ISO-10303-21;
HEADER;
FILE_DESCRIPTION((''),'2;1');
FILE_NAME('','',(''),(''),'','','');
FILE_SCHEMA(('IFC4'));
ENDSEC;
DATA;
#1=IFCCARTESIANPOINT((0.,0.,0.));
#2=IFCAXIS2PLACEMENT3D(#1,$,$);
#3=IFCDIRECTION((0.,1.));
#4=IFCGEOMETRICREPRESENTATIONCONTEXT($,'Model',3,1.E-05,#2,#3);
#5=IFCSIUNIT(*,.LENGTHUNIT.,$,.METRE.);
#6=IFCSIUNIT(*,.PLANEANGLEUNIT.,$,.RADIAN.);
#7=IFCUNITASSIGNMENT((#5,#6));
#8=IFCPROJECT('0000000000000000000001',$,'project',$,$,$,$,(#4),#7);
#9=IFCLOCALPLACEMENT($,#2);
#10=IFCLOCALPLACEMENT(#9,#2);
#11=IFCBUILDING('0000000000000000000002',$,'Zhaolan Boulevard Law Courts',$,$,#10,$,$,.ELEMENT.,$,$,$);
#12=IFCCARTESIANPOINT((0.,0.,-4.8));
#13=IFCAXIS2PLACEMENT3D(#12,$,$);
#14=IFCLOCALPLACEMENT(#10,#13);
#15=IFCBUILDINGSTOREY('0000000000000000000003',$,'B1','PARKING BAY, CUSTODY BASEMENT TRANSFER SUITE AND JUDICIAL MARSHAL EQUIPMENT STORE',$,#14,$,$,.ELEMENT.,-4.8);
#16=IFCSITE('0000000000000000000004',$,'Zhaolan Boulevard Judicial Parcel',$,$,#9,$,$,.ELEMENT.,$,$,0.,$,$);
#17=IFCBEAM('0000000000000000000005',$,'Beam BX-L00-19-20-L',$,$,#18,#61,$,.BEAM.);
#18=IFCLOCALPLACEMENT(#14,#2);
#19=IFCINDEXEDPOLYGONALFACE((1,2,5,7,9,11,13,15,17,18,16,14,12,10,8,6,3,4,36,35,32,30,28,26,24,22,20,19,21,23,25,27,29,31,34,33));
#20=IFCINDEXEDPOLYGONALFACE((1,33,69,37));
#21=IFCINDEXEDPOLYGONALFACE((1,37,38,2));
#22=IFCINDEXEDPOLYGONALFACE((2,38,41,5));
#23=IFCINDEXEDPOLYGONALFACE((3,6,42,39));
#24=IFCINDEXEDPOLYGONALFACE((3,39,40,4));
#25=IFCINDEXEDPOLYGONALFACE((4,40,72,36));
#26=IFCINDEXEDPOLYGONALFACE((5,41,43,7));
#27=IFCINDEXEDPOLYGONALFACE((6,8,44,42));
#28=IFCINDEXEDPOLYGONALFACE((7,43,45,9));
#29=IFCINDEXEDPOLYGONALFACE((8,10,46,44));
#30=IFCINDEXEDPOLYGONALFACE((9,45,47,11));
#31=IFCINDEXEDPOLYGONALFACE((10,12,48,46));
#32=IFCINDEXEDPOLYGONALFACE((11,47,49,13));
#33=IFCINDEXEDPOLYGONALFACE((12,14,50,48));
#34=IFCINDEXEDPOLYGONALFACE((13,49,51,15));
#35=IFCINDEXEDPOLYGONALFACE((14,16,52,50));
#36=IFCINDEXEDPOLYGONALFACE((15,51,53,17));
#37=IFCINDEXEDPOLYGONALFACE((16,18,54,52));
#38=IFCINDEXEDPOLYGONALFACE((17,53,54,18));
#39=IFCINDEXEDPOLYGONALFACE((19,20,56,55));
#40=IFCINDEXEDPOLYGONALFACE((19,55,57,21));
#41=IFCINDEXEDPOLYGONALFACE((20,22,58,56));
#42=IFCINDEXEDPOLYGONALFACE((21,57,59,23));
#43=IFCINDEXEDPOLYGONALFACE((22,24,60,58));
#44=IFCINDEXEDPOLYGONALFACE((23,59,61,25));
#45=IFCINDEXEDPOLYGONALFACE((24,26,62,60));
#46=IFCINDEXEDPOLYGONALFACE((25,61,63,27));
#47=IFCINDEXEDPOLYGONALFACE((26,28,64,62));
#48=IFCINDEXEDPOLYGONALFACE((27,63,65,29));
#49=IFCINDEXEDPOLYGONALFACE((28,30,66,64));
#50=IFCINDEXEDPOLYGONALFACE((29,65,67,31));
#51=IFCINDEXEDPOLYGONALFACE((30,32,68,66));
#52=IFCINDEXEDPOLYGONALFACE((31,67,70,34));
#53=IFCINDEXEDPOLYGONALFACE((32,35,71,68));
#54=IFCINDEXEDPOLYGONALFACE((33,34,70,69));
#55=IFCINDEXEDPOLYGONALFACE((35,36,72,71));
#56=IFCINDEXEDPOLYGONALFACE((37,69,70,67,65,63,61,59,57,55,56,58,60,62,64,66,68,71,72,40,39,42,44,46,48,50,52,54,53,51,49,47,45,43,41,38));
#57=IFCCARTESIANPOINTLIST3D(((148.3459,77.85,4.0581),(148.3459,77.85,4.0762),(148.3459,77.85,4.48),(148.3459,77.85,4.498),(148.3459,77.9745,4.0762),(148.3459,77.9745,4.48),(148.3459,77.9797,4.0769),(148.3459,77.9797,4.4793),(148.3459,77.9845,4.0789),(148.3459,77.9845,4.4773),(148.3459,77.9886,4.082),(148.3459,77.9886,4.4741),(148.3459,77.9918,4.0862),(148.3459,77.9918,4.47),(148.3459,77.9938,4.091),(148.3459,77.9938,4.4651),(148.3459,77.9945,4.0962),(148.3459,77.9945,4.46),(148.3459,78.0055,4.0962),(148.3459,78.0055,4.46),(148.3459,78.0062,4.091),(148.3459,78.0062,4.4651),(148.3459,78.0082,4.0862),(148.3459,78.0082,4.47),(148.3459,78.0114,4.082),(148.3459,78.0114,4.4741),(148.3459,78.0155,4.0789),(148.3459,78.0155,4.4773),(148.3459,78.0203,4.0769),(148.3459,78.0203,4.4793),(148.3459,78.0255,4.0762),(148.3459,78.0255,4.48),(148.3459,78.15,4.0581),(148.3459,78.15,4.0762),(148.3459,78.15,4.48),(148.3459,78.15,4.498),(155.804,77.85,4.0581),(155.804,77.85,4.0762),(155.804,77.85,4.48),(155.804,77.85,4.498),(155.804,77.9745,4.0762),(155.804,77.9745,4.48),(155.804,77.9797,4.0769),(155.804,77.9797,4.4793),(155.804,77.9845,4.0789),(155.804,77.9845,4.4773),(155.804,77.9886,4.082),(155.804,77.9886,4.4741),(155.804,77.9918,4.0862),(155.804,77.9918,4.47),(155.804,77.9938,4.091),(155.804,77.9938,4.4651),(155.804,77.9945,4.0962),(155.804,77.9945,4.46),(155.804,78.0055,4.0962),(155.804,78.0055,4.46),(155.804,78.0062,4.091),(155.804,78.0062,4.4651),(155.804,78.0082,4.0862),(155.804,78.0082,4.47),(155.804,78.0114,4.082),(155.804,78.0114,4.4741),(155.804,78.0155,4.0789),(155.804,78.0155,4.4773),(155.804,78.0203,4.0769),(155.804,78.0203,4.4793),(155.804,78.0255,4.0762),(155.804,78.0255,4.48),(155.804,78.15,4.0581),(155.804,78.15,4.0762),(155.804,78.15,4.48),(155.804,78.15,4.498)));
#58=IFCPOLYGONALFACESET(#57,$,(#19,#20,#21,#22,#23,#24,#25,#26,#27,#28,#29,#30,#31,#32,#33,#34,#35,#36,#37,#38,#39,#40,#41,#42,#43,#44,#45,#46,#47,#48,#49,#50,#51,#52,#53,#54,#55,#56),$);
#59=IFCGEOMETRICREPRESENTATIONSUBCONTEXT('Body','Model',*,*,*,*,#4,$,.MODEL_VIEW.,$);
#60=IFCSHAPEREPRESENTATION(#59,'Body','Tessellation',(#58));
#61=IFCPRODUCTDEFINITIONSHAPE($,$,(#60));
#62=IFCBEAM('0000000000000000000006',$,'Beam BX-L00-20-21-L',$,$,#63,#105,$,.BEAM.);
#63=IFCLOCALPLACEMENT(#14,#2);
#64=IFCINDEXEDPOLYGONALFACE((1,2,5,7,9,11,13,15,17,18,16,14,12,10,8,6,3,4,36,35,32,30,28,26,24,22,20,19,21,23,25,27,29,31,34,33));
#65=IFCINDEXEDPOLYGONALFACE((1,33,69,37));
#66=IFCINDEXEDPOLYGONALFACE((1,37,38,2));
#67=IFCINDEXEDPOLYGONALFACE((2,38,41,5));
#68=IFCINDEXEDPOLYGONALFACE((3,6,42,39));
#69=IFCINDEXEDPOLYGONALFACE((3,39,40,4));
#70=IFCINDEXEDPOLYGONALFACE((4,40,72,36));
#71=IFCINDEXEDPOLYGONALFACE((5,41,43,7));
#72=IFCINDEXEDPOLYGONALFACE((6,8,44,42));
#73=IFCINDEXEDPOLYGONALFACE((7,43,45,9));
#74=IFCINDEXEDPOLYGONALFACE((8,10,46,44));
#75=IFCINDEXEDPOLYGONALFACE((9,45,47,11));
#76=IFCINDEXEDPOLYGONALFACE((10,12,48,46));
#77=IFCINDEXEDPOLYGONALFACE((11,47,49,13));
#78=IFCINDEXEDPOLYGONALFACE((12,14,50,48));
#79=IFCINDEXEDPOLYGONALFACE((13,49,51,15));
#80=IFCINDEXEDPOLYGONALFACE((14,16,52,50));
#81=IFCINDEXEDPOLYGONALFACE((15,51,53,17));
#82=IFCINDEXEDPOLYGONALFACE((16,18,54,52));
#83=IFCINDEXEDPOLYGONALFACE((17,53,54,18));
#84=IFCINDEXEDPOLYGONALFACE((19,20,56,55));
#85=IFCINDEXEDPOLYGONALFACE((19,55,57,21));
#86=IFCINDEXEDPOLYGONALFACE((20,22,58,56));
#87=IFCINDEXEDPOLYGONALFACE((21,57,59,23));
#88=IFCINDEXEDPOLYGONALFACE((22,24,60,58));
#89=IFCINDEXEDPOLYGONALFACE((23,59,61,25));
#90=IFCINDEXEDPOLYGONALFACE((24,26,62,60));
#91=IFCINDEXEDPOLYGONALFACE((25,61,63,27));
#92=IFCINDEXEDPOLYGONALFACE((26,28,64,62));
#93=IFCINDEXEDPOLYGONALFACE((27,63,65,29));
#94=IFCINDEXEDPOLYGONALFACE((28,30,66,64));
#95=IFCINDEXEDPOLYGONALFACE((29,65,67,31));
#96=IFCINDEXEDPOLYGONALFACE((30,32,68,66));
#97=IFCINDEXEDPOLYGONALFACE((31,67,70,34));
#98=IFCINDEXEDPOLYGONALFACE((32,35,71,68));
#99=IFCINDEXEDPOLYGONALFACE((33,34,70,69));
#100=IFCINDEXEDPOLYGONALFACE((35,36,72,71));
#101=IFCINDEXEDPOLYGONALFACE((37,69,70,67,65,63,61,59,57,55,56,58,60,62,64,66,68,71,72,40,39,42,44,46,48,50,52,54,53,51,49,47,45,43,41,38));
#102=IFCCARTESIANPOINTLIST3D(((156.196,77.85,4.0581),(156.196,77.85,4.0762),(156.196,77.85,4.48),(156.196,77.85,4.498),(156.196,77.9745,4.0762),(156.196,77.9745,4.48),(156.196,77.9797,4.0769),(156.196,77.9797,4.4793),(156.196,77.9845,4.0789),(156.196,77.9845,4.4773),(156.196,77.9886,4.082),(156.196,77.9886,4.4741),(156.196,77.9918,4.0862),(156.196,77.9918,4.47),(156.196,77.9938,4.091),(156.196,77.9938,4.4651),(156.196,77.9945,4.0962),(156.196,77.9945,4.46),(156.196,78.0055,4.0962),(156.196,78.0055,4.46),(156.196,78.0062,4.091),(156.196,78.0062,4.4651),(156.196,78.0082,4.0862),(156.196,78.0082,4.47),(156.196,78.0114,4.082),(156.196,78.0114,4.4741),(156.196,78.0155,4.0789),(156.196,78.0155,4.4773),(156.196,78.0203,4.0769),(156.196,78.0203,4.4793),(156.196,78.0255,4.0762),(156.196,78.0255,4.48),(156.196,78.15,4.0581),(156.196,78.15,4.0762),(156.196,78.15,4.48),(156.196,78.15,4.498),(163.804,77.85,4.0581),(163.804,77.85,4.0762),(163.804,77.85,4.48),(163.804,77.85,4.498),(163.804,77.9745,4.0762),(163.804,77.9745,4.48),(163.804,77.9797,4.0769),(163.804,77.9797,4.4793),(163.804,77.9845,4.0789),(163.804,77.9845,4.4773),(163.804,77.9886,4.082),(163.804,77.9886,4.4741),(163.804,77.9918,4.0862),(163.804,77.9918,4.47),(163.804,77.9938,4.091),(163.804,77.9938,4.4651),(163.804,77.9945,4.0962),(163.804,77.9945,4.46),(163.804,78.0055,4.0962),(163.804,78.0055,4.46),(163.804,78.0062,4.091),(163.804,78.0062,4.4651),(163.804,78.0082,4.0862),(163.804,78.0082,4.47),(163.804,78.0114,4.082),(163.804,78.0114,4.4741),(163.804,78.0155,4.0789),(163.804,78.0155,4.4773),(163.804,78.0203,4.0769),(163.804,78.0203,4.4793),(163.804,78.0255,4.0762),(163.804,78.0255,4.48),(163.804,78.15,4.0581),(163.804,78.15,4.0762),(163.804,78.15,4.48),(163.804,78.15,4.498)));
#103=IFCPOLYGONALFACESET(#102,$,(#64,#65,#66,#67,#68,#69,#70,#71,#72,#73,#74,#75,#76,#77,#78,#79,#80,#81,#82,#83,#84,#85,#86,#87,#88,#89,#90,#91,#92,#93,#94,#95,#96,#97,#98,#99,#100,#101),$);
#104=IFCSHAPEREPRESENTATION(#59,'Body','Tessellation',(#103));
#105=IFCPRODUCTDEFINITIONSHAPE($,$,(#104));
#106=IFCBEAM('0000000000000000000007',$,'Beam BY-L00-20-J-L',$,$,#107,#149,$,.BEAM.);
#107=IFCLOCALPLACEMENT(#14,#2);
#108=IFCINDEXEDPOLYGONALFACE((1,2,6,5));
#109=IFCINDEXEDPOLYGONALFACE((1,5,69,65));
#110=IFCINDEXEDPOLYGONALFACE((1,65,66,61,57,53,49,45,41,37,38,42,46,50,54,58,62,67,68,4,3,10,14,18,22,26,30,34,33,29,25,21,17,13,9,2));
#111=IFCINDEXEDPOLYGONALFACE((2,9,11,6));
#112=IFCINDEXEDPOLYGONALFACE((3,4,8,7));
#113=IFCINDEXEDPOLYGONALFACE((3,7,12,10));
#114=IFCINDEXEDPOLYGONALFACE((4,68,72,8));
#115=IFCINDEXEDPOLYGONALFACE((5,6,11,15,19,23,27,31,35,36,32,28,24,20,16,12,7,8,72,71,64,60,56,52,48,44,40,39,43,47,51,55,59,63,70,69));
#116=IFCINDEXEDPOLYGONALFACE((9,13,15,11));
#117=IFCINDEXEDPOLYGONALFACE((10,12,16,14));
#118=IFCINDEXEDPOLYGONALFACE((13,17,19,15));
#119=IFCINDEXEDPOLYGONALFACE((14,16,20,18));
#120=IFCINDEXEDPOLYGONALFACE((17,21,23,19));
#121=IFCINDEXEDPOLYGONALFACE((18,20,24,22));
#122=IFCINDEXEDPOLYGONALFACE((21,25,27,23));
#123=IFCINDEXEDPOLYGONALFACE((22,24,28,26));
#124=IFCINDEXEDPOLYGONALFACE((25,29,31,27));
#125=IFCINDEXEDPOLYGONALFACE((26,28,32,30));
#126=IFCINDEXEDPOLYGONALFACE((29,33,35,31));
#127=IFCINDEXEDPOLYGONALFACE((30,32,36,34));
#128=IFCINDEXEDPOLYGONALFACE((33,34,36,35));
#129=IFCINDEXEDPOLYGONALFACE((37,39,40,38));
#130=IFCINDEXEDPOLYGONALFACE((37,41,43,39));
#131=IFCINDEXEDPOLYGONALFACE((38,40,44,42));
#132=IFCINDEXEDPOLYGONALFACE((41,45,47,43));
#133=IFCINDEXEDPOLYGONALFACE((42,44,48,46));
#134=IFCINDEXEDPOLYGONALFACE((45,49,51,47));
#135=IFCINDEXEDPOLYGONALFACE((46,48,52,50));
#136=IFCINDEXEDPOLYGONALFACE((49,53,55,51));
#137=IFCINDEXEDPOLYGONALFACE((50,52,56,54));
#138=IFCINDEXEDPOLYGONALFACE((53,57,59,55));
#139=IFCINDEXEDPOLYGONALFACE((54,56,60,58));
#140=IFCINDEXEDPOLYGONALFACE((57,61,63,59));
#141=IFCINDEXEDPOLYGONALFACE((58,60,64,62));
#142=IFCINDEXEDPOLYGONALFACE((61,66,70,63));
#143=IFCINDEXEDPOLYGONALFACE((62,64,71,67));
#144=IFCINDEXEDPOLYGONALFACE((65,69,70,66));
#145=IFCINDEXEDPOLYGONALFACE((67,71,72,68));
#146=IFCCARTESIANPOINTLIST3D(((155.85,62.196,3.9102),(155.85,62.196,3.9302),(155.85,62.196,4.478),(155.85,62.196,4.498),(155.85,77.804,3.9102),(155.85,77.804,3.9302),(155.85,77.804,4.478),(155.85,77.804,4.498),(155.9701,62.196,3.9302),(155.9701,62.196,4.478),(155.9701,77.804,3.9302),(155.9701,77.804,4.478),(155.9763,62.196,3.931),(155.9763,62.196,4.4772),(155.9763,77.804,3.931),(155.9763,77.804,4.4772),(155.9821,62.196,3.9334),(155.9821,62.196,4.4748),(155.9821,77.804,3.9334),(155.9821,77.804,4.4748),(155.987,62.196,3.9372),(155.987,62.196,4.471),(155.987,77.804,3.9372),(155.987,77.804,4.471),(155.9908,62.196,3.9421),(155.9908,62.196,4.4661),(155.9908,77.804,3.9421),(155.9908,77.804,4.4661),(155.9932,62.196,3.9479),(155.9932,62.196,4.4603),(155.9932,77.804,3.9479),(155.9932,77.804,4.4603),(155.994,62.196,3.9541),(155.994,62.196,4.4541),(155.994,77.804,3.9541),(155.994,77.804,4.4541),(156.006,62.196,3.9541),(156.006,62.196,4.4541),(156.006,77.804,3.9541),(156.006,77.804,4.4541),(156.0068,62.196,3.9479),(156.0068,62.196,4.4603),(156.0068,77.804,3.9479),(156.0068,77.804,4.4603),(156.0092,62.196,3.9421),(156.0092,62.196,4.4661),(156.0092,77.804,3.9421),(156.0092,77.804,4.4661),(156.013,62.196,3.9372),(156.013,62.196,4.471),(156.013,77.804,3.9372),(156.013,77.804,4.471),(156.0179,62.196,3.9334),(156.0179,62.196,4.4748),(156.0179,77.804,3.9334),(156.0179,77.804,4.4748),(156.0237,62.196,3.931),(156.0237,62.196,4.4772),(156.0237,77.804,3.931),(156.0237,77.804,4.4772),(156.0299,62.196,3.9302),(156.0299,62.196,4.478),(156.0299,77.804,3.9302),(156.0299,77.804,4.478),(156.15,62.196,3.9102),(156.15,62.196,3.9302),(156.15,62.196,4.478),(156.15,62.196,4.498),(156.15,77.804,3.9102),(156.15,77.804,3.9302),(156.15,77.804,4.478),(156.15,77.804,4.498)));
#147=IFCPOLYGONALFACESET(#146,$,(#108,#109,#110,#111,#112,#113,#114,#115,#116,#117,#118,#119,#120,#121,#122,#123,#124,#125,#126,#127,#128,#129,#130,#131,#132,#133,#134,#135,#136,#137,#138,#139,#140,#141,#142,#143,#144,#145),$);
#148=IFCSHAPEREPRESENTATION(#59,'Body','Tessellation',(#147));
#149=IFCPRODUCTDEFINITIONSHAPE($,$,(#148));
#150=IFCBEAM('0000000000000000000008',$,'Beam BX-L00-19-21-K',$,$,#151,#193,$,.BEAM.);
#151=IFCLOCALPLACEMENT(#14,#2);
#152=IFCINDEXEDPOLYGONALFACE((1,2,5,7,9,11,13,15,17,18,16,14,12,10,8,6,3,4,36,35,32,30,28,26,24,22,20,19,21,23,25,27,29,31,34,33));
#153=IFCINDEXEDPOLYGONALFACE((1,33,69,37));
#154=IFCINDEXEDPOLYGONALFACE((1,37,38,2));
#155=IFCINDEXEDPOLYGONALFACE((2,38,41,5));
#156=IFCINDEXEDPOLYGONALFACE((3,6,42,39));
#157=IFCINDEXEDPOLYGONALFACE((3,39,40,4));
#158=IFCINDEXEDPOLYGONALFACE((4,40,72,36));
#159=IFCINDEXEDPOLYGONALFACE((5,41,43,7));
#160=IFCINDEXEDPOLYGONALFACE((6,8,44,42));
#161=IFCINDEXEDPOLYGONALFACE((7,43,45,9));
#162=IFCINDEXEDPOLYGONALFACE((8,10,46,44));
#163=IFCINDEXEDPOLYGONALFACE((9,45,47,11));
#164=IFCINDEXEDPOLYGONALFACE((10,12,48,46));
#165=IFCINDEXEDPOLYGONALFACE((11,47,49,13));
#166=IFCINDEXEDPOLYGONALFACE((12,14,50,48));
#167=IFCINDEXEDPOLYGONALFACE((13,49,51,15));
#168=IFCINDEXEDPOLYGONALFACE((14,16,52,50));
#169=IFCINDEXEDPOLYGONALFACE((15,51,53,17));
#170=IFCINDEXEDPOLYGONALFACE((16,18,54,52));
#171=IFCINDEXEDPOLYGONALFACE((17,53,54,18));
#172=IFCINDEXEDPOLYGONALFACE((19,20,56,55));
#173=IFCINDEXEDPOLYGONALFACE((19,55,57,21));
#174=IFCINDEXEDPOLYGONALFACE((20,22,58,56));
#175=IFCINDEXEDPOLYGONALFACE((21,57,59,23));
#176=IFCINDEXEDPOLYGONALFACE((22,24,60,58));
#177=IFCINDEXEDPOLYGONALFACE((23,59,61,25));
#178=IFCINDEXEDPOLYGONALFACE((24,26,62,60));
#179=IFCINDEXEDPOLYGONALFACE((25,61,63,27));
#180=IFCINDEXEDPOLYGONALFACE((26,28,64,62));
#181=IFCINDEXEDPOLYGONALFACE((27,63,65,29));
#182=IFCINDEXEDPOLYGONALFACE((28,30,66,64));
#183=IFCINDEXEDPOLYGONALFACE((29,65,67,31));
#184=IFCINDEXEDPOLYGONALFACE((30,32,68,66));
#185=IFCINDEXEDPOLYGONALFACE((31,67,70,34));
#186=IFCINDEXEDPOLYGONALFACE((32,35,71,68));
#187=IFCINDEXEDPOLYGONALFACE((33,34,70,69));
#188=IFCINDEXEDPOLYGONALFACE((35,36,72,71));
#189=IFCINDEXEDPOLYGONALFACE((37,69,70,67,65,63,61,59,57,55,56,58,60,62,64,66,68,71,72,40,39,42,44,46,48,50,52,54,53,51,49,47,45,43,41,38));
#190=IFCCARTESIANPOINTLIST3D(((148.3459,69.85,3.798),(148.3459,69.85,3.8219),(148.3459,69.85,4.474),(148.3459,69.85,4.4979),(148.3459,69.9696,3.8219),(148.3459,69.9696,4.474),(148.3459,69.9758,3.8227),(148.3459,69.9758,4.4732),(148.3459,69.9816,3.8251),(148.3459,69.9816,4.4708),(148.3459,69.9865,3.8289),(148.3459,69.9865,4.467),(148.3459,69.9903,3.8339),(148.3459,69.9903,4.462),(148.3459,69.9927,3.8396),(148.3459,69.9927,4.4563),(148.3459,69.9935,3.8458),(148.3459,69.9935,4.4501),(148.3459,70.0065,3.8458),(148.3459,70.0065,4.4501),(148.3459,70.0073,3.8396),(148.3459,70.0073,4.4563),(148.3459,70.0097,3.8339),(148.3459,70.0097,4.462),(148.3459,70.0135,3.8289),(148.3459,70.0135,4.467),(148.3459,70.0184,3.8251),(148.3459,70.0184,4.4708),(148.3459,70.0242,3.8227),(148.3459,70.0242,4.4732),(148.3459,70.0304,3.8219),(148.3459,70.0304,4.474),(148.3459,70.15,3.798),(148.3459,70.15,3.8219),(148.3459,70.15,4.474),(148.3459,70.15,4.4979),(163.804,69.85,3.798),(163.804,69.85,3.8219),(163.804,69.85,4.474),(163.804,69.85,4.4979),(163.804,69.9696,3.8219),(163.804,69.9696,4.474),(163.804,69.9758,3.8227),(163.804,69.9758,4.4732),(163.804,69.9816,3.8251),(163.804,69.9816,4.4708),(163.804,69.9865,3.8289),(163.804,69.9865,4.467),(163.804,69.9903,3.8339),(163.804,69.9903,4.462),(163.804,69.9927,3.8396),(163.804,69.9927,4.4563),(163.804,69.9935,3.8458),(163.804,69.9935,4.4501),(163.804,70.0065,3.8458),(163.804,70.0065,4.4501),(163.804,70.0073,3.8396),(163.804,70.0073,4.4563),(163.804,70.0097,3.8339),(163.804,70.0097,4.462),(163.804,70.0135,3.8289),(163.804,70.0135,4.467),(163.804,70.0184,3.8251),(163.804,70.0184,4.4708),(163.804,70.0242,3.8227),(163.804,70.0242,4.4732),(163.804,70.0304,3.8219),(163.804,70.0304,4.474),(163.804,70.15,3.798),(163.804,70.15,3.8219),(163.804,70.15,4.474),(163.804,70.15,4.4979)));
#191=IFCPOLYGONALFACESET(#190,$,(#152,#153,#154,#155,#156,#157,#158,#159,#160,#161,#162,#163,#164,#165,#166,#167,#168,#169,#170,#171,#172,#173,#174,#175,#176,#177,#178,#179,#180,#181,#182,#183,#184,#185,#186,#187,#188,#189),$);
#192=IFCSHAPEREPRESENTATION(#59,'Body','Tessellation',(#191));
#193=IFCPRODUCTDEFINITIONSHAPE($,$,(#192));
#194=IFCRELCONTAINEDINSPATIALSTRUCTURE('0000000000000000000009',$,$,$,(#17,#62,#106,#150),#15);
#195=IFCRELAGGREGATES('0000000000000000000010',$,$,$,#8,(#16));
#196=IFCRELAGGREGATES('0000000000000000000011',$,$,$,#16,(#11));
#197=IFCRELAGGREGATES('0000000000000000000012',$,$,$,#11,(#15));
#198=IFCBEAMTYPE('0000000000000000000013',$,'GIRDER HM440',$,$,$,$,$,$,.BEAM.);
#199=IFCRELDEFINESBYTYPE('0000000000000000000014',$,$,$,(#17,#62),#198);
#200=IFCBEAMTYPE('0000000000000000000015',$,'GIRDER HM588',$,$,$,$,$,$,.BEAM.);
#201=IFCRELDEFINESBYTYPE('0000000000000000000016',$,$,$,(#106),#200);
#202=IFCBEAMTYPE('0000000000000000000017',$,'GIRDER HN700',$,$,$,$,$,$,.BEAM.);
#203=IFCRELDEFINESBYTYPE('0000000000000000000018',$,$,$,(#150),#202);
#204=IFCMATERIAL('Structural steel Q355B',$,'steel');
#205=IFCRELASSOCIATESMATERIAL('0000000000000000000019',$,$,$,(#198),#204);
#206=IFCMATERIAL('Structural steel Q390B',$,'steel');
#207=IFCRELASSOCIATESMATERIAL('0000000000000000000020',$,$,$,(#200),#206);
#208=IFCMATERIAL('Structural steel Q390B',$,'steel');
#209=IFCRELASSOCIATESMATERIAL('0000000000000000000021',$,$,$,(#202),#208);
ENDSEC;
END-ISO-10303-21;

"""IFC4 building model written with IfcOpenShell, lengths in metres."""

from ifc_helpers import new_model, si_unit, direction, frame, origin, origin_2d, place, context, subcontext, project, spatial, i_section, extrude, material, material_profile, profile_set, type_object, element, save


model = new_model("IFC4")

# Units and contexts
model_context = context("Model", 3, precision=1e-05, world=origin(), true_north=direction((0.0, 1.0)))
body_context = subcontext(model_context, "Body", "Model", "MODEL_VIEW")
ifc_project = project(units=[si_unit("LENGTHUNIT", "METRE"), si_unit("PLANEANGLEUNIT", "RADIAN")], contexts=[model_context])

# Site, building, storey
site_placement = place(None, origin())
site = spatial("IfcSite", under=ifc_project, at=site_placement, Name="Zhaolan Boulevard Judicial Parcel", CompositionType="ELEMENT", RefElevation=0.0)
building_placement = place(site_placement, origin())
building = spatial("IfcBuilding", under=site, at=building_placement, Name="Zhaolan Boulevard Law Courts", CompositionType="ELEMENT")
storey_placement = place(building_placement, frame((0.0, 0.0, -4.8)))
storey = spatial("IfcBuildingStorey", under=building, at=storey_placement, Name="B1", Description="PARKING BAY, CUSTODY BASEMENT TRANSFER SUITE AND JUDICIAL MARSHAL EQUIPMENT STORE", CompositionType="ELEMENT", Elevation=-4.8)

# Beams
ifc_material_1 = material(Name="Structural steel Q355B", Category="steel")
ifc_material_profile_1 = material_profile(ifc_material_1, i_section(OverallWidth=0.3, OverallDepth=0.4399, WebThickness=0.011, FlangeThickness=0.0181, FilletRadius=0.02, at=origin_2d()), Name="HM440x300")
ifc_profile_set_1 = profile_set([ifc_material_profile_1], Name="Structural steel Q355B")
beam_type_1 = type_object("IfcBeamType", Name="GIRDER HM440", PredefinedType="BEAM", material=ifc_profile_set_1)
beam_1_placement = place(storey_placement, frame((148.3459, 78.0, 4.2781), z_axis=(1.0, 0.0, 0.0), x_axis=(0.0, 1.0, 0.0)))
element("IfcBeam", 1, at=beam_1_placement, inside=storey, type_object=beam_type_1, Name="Beam BX-L00-19-20-L", PredefinedType="BEAM", context=body_context, shape_type="SweptSolid", body=[
    extrude(i_section(OverallWidth=0.3, OverallDepth=0.4399, WebThickness=0.011, FlangeThickness=0.0181, FilletRadius=0.02, at=origin_2d()), origin(), (0.0, 0.0, 1.0), 7.458),
])
beam_2_placement = place(storey_placement, frame((156.196, 78.0, 4.2781), z_axis=(1.0, 0.0, 0.0), x_axis=(0.0, 1.0, 0.0)))
element("IfcBeam", 2, at=beam_2_placement, inside=storey, type_object=beam_type_1, Name="Beam BX-L00-20-21-L", PredefinedType="BEAM", context=body_context, shape_type="SweptSolid", body=[
    extrude(i_section(OverallWidth=0.3, OverallDepth=0.4399, WebThickness=0.011, FlangeThickness=0.0181, FilletRadius=0.02, at=origin_2d()), origin(), (0.0, 0.0, 1.0), 7.6079),
])
ifc_material_2 = material(Name="Structural steel Q390B", Category="steel")
ifc_material_profile_2 = material_profile(ifc_material_2, i_section(OverallWidth=0.3, OverallDepth=0.5879, WebThickness=0.012, FlangeThickness=0.02, FilletRadius=0.0239, at=origin_2d()), Name="HM588x300")
ifc_profile_set_2 = profile_set([ifc_material_profile_2], Name="Structural steel Q390B")
beam_type_2 = type_object("IfcBeamType", Name="GIRDER HM588", PredefinedType="BEAM", material=ifc_profile_set_2)
beam_3_placement = place(storey_placement, frame((156.0, 62.196, 4.2041), z_axis=(0.0, 1.0, 0.0), x_axis=(-1.0, 0.0, 0.0)))
element("IfcBeam", 3, at=beam_3_placement, inside=storey, type_object=beam_type_2, Name="Beam BY-L00-20-J-L", PredefinedType="BEAM", context=body_context, shape_type="SweptSolid", body=[
    extrude(i_section(OverallWidth=0.3, OverallDepth=0.5879, WebThickness=0.012, FlangeThickness=0.02, FilletRadius=0.0239, at=origin_2d()), origin(), (0.0, 0.0, 1.0), 15.6079),
])
ifc_material_3 = material(Name="Structural steel Q390B", Category="steel")
ifc_material_profile_3 = material_profile(ifc_material_3, i_section(OverallWidth=0.3, OverallDepth=0.7, WebThickness=0.0129, FlangeThickness=0.0239, FilletRadius=0.0239, at=origin_2d()), Name="HN700x300")
ifc_profile_set_3 = profile_set([ifc_material_profile_3], Name="Structural steel Q390B")
beam_type_3 = type_object("IfcBeamType", Name="GIRDER HN700", PredefinedType="BEAM", material=ifc_profile_set_3)
beam_4_placement = place(storey_placement, frame((148.3459, 70.0, 4.1479), z_axis=(1.0, 0.0, 0.0), x_axis=(0.0, 1.0, 0.0)))
element("IfcBeam", 4, at=beam_4_placement, inside=storey, type_object=beam_type_3, Name="Beam BX-L00-19-21-K", PredefinedType="BEAM", context=body_context, shape_type="SweptSolid", body=[
    extrude(i_section(OverallWidth=0.3, OverallDepth=0.7, WebThickness=0.0129, FlangeThickness=0.0239, FilletRadius=0.0239, at=origin_2d()), origin(), (0.0, 0.0, 1.0), 15.458),
])

save(model, "model.ifc")
